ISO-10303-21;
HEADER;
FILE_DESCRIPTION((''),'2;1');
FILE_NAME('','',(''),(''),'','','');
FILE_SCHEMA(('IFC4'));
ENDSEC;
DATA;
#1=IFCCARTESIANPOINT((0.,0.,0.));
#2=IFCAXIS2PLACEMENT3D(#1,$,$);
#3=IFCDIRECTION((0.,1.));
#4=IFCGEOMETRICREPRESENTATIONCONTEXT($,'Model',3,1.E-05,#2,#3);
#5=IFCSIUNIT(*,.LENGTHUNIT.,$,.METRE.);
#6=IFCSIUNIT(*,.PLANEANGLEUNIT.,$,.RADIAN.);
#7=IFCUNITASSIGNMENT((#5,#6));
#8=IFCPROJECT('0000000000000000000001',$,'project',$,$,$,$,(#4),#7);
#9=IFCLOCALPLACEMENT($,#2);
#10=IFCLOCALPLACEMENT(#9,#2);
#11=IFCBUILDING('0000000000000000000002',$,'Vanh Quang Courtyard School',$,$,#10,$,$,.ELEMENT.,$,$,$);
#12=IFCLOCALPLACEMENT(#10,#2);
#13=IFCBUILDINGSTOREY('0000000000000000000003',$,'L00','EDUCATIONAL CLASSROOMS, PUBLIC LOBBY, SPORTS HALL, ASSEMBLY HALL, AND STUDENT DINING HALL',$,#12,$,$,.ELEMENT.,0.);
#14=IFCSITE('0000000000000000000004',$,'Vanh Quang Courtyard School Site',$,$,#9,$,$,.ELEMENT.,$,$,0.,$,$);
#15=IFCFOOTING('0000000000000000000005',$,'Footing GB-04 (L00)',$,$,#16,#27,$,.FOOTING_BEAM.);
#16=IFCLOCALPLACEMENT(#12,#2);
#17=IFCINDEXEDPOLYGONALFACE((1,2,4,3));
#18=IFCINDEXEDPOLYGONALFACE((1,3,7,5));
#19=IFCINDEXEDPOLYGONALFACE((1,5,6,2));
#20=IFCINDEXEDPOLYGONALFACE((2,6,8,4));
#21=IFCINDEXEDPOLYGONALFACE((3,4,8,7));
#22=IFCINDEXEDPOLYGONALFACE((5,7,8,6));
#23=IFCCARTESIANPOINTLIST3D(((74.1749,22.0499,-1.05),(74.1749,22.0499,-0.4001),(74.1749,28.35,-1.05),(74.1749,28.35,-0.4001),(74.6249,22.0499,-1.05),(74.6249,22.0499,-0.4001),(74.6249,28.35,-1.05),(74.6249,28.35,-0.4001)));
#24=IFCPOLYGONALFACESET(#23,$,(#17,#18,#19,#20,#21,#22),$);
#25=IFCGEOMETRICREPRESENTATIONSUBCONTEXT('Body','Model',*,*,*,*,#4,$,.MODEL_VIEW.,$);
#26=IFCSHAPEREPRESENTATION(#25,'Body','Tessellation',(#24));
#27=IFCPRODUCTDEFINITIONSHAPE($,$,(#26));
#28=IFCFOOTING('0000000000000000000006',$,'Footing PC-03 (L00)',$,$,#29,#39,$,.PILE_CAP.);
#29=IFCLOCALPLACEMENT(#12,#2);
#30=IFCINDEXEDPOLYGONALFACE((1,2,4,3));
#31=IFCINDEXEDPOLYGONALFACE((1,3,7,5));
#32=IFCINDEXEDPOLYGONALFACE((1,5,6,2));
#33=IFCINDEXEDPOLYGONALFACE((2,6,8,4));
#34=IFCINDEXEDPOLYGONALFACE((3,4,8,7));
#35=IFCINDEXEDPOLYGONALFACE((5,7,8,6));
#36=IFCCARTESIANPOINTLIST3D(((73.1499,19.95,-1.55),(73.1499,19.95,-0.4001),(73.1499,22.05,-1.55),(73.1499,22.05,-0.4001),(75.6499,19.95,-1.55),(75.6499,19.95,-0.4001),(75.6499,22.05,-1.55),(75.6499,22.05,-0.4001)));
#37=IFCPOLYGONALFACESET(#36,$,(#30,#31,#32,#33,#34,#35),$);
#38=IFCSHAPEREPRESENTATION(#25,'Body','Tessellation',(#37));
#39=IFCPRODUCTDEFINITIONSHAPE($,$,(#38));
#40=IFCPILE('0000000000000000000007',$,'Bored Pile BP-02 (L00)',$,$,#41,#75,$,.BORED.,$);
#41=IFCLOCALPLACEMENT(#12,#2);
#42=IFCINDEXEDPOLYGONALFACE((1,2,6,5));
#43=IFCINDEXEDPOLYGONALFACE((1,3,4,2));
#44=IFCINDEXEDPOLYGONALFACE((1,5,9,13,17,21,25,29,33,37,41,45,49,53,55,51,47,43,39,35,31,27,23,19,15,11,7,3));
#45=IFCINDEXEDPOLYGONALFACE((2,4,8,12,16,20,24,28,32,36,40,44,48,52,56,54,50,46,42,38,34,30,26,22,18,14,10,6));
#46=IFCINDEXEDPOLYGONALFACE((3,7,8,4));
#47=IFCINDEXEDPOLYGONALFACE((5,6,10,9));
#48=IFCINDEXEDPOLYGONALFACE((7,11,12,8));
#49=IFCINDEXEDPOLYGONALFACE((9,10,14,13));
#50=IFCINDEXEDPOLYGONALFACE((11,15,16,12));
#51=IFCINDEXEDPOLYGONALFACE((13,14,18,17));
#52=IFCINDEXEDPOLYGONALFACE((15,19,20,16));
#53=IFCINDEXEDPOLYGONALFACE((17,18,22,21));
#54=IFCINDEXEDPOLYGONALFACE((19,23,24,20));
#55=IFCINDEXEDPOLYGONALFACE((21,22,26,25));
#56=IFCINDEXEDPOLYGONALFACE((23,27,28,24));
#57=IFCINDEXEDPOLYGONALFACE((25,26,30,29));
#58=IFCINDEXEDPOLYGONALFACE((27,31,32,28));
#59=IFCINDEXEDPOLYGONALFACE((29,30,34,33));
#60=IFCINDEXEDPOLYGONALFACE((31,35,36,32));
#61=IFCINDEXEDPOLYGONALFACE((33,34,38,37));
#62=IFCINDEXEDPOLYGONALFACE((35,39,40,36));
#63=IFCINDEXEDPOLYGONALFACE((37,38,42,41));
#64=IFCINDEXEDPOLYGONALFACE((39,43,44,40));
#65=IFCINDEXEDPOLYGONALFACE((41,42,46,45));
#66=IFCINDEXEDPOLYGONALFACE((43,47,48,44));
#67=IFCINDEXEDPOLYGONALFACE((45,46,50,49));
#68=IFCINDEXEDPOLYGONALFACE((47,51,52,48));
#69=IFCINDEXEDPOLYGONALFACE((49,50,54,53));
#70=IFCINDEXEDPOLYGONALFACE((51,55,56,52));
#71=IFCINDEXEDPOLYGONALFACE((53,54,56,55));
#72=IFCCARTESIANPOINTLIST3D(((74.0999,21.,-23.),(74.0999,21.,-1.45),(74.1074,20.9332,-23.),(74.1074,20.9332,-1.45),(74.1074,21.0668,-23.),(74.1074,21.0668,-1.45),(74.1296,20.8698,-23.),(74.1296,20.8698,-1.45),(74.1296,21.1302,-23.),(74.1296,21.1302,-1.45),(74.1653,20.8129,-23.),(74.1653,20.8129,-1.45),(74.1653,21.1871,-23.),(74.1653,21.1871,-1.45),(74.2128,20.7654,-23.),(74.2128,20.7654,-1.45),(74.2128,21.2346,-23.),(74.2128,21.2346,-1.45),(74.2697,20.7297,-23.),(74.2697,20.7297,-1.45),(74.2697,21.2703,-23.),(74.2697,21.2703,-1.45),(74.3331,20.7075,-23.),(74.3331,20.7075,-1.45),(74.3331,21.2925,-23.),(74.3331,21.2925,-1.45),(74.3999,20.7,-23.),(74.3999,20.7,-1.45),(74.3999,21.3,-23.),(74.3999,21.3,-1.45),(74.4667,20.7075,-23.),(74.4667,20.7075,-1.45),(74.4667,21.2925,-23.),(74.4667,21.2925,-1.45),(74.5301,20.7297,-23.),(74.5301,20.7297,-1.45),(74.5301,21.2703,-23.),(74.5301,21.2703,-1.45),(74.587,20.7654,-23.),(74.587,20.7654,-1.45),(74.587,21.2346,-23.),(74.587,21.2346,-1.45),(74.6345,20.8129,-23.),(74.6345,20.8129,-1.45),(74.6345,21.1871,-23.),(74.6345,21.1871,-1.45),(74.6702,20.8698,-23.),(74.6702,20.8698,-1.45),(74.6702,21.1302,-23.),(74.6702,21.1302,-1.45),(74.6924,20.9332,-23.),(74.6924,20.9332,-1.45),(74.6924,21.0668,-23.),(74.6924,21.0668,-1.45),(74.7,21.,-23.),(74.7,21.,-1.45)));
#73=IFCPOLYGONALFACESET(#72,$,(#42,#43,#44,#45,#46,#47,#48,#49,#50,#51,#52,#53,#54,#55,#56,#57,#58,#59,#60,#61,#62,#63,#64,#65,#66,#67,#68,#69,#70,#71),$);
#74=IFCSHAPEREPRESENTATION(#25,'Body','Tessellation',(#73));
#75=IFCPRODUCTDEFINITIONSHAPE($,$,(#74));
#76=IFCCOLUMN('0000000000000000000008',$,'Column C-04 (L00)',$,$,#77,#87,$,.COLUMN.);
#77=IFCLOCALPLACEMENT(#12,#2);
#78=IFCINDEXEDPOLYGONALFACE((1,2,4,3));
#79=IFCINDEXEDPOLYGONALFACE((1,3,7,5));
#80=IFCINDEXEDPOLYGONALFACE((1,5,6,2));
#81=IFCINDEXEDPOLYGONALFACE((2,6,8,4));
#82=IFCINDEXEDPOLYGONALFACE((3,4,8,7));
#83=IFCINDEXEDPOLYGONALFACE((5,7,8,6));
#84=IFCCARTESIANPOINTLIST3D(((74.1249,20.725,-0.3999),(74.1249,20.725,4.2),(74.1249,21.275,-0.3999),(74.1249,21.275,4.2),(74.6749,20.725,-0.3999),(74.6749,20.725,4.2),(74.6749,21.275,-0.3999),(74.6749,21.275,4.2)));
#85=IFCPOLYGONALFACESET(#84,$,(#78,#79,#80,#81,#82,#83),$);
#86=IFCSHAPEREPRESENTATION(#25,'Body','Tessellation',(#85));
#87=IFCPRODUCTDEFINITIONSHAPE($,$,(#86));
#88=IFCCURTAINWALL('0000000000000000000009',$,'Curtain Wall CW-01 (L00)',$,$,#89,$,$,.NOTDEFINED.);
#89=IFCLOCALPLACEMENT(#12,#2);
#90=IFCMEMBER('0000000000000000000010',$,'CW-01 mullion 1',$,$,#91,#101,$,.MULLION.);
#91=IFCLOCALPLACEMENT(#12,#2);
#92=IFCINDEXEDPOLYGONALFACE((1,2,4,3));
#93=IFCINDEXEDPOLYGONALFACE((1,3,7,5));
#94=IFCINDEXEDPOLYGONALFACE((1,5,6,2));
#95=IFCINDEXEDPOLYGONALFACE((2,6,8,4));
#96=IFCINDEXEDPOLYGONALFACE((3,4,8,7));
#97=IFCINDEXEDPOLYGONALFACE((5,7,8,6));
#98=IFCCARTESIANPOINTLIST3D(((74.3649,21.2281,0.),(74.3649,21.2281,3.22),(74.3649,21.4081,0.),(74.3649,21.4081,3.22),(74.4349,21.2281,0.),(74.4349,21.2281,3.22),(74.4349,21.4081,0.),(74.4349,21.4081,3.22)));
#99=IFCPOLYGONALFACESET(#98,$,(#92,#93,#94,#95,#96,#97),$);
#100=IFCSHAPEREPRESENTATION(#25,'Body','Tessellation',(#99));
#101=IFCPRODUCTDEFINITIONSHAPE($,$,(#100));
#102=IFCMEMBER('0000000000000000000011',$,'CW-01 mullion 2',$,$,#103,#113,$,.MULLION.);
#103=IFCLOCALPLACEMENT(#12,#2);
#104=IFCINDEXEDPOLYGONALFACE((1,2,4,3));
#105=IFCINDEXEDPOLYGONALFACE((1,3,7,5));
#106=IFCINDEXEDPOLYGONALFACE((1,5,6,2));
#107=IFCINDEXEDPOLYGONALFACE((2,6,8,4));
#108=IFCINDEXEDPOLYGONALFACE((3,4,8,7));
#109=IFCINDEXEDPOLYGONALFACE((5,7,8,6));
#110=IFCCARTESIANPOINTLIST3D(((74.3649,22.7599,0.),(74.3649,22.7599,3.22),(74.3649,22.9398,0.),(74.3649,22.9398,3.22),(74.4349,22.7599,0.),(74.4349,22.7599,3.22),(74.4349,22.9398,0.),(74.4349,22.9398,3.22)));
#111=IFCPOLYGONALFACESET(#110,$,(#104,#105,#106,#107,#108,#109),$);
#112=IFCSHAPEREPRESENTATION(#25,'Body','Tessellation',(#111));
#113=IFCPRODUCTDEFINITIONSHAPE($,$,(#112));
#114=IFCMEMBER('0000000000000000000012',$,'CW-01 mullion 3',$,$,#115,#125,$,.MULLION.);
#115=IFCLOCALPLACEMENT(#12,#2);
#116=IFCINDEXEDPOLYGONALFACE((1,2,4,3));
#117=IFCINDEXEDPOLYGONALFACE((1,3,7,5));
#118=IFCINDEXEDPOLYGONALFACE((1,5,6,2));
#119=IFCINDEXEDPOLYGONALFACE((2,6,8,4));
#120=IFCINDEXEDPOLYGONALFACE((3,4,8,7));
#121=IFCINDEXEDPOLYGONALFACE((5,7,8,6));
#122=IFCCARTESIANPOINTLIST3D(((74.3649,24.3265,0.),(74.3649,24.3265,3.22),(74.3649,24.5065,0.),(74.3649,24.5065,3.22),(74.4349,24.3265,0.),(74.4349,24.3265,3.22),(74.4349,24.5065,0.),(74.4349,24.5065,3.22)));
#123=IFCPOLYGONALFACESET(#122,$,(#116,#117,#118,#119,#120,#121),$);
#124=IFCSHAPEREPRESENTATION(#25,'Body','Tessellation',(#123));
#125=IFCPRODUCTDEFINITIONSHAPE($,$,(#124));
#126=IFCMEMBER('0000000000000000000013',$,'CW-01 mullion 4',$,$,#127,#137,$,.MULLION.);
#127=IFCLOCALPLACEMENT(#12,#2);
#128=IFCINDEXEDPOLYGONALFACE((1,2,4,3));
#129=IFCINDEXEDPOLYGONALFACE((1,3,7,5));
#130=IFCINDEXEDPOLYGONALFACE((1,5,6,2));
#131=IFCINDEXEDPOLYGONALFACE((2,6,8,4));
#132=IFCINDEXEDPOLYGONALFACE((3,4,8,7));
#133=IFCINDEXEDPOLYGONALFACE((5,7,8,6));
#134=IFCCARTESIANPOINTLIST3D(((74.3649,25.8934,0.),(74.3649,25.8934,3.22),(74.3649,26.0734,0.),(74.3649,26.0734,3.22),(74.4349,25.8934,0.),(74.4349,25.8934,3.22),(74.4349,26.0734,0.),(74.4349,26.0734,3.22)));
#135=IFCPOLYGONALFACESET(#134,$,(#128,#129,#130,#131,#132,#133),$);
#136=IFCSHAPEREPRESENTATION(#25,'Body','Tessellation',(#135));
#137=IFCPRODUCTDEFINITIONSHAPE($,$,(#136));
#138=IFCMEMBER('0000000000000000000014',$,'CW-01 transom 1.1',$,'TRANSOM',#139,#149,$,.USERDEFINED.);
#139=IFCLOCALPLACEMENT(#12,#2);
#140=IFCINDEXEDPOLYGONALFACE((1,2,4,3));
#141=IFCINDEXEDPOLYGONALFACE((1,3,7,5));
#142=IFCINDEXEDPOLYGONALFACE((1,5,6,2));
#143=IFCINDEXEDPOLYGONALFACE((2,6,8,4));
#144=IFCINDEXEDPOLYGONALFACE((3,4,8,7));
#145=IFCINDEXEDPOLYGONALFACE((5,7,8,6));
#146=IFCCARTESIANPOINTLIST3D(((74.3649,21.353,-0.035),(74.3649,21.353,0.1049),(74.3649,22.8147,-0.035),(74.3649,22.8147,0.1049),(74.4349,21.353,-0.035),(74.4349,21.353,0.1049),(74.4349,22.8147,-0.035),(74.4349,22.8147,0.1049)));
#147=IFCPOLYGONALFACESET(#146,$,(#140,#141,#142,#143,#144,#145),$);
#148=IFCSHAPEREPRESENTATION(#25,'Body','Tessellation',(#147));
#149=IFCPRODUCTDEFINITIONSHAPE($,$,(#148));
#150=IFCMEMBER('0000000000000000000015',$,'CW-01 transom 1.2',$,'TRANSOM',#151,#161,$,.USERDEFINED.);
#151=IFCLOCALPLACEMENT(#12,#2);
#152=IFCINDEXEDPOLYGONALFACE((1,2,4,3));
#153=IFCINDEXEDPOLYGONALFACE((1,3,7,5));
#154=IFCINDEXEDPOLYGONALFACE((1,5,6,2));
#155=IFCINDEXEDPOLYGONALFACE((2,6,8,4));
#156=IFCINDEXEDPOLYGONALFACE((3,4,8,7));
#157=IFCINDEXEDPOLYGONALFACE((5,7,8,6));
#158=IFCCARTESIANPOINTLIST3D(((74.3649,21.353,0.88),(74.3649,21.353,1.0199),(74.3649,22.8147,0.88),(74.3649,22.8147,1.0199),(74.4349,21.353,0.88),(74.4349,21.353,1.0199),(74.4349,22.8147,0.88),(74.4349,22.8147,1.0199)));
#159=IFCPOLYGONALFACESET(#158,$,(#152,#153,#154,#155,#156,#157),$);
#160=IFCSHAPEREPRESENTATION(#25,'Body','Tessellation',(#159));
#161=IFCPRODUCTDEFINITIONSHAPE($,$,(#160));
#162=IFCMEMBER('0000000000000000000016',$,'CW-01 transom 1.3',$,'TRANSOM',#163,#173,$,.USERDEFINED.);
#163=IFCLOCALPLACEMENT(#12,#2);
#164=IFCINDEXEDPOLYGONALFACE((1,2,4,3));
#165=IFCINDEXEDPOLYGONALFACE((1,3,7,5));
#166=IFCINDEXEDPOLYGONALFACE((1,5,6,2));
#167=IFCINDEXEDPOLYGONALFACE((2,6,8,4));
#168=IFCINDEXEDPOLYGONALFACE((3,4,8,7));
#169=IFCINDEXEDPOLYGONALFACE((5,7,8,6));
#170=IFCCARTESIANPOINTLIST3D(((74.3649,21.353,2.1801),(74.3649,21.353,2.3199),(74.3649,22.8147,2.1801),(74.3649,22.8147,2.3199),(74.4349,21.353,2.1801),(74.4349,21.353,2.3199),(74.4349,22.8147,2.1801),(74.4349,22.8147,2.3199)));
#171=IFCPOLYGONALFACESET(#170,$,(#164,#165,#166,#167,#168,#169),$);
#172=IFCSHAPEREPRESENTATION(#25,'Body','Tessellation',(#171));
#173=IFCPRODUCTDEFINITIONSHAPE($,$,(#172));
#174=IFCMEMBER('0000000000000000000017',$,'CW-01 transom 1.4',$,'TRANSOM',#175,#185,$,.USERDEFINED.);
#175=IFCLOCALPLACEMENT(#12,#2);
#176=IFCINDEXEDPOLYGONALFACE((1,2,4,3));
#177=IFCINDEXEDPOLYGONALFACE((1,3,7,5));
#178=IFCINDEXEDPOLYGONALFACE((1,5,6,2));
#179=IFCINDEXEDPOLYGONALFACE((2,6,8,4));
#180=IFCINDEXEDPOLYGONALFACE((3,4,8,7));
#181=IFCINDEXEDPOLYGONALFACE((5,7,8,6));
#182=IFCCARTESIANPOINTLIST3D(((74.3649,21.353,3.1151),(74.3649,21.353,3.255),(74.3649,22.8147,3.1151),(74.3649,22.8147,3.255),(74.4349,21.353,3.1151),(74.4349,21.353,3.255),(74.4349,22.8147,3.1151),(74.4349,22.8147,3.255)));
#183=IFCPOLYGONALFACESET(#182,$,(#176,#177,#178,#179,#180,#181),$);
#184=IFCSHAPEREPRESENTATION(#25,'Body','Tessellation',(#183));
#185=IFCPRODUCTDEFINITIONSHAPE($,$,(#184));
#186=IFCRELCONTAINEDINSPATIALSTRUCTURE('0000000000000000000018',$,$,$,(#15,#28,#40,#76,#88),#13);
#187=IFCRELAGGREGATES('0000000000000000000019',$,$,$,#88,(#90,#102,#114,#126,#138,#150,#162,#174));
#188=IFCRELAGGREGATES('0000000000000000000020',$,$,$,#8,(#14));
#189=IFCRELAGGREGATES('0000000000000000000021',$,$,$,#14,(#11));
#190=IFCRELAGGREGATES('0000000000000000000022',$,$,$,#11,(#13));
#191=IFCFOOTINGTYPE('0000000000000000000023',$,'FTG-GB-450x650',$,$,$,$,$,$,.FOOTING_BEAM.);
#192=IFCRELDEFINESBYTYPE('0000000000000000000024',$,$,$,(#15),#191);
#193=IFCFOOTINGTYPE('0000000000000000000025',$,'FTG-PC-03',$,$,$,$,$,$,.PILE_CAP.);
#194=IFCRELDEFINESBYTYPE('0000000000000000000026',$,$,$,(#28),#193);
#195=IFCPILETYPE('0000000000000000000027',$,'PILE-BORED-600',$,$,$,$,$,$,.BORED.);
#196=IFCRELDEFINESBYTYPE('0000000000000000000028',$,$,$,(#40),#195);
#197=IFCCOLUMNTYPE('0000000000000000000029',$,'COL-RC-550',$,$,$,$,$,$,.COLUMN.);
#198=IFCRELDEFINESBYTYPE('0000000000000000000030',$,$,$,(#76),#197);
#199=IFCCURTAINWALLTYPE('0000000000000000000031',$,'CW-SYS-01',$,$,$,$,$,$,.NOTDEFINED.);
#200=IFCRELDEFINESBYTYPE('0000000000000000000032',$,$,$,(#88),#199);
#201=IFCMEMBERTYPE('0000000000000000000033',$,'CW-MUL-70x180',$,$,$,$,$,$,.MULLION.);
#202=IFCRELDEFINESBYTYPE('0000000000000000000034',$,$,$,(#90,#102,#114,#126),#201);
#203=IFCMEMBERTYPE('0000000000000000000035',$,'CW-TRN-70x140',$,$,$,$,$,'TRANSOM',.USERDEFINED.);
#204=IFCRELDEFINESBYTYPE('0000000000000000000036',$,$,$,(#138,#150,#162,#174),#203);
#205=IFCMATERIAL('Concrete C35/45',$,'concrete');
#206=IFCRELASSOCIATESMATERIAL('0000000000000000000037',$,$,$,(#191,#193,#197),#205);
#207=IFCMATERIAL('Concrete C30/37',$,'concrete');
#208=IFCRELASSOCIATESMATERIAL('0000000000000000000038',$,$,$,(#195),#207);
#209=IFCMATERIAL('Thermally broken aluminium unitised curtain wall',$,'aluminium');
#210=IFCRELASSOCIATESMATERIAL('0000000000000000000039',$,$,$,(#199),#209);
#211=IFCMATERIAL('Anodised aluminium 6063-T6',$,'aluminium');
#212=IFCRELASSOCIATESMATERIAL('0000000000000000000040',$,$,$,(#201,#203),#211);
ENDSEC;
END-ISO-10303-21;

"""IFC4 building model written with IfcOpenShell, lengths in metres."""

from ifc_helpers import new_model, si_unit, direction, frame, origin, origin_2d, place, context, subcontext, project, spatial, rectangle, circle, extrude, material, material_profile, profile_set, type_object, element, aggregate, save


model = new_model("IFC4")

# Units and contexts
model_context = context("Model", 3, precision=1e-05, world=origin(), true_north=direction((0.0, 1.0)))
body_context = subcontext(model_context, "Body", "Model", "MODEL_VIEW")
ifc_project = project(units=[si_unit("LENGTHUNIT", "METRE"), si_unit("PLANEANGLEUNIT", "RADIAN")], contexts=[model_context])

# Site, building, storey
site_placement = place(None, origin())
site = spatial("IfcSite", under=ifc_project, at=site_placement, Name="Vanh Quang Courtyard School Site", CompositionType="ELEMENT", RefElevation=0.0)
building_placement = place(site_placement, origin())
building = spatial("IfcBuilding", under=site, at=building_placement, Name="Vanh Quang Courtyard School", CompositionType="ELEMENT")
storey_placement = place(building_placement, origin())
storey = spatial("IfcBuildingStorey", under=building, at=storey_placement, Name="L00", Description="EDUCATIONAL CLASSROOMS, PUBLIC LOBBY, SPORTS HALL, ASSEMBLY HALL, AND STUDENT DINING HALL", CompositionType="ELEMENT", Elevation=0.0)

# Footings
ifc_material_1 = material(Name="Concrete C35/45", Category="concrete")
footing_type_1 = type_object("IfcFootingType", Name="FTG-GB-450x650", PredefinedType="FOOTING_BEAM", material=ifc_material_1)
footing_1_placement = place(storey_placement, frame((74.3999, 25.2, -1.05), z_axis=(0.0, 0.0, 1.0), x_axis=(0.0, 1.0, 0.0)))
element("IfcFooting", 1, at=footing_1_placement, inside=storey, type_object=footing_type_1, Name="Footing GB-04 (L00)", PredefinedType="FOOTING_BEAM", context=body_context, shape_type="SweptSolid", body=[
    extrude(rectangle(XDim=6.3, YDim=0.45, at=origin_2d()), origin(), (0.0, 0.0, 1.0), 0.6499),
])
footing_type_2 = type_object("IfcFootingType", Name="FTG-PC-03", PredefinedType="PILE_CAP", material=ifc_material_1)
footing_2_placement = place(storey_placement, frame((74.3999, 21.0, -1.55), z_axis=(0.0, 0.0, 1.0), x_axis=(1.0, 0.0, 0.0)))
element("IfcFooting", 2, at=footing_2_placement, inside=storey, type_object=footing_type_2, Name="Footing PC-03 (L00)", PredefinedType="PILE_CAP", context=body_context, shape_type="SweptSolid", body=[
    extrude(rectangle(XDim=2.5, YDim=2.1001, at=origin_2d()), origin(), (0.0, 0.0, 1.0), 1.1499),
])

# Pile
ifc_material_2 = material(Name="Concrete C30/37", Category="concrete")
ifc_material_profile_1 = material_profile(ifc_material_2, circle(Radius=0.3, at=origin_2d()), Name="PILE D600")
ifc_profile_set_1 = profile_set([ifc_material_profile_1], Name="Concrete C30/37")
pile_type = type_object("IfcPileType", Name="PILE-BORED-600", PredefinedType="BORED", material=ifc_profile_set_1)
pile_placement = place(storey_placement, frame((74.3999, 21.0, -1.45), z_axis=(0.0, 0.0, -1.0), x_axis=(1.0, 0.0, 0.0)))
element("IfcPile", 3, at=pile_placement, inside=storey, type_object=pile_type, Name="Bored Pile BP-02 (L00)", PredefinedType="BORED", context=body_context, shape_type="SweptSolid", body=[
    extrude(circle(Radius=0.3, at=origin_2d()), origin(), (0.0, 0.0, 1.0), 21.55),
])

# Column
ifc_material_profile_2 = material_profile(ifc_material_1, rectangle(XDim=0.55, YDim=0.55, at=origin_2d()), Name="RC-COL 550x550")
ifc_profile_set_2 = profile_set([ifc_material_profile_2], Name="Concrete C35/45")
column_type = type_object("IfcColumnType", Name="COL-RC-550", PredefinedType="COLUMN", material=ifc_profile_set_2)
column_placement = place(storey_placement, frame((74.3999, 21.0, -0.3999), z_axis=(0.0, 0.0, 1.0), x_axis=(1.0, 0.0, 0.0)))
element("IfcColumn", 4, at=column_placement, inside=storey, type_object=column_type, Name="Column C-04 (L00)", PredefinedType="COLUMN", context=body_context, shape_type="SweptSolid", body=[
    extrude(rectangle(XDim=0.55, YDim=0.55, at=origin_2d()), origin(), (0.0, 0.0, 1.0), 4.5999),
])

# Curtain wall, members
ifc_material_3 = material(Name="Thermally broken aluminium unitised curtain wall", Category="aluminium")
curtain_wall_type = type_object("IfcCurtainWallType", Name="CW-SYS-01", PredefinedType="NOTDEFINED", material=ifc_material_3)
curtain_wall_placement = place(storey_placement, origin())
curtain_wall = element("IfcCurtainWall", 5, at=curtain_wall_placement, inside=storey, type_object=curtain_wall_type, Name="Curtain Wall CW-01 (L00)", PredefinedType="NOTDEFINED")
ifc_material_4 = material(Name="Anodised aluminium 6063-T6", Category="aluminium")
ifc_material_profile_3 = material_profile(ifc_material_4, rectangle(XDim=0.0701, YDim=0.1799, at=origin_2d()), Name="ALU-MUL 70x180")
ifc_profile_set_3 = profile_set([ifc_material_profile_3], Name="Anodised aluminium 6063-T6")
member_type_1 = type_object("IfcMemberType", Name="CW-MUL-70x180", PredefinedType="MULLION", material=ifc_profile_set_3)
member_1_placement = place(storey_placement, frame((74.3999, 21.3181, 0.0), z_axis=(0.0, 0.0, 1.0), x_axis=(-1.0, 0.0, 0.0)))
member_1 = element("IfcMember", 6, at=member_1_placement, type_object=member_type_1, Name="CW-01 mullion 1", PredefinedType="MULLION", context=body_context, shape_type="SweptSolid", body=[
    extrude(rectangle(XDim=0.0701, YDim=0.1799, at=origin_2d()), origin(), (0.0, 0.0, 1.0), 3.22),
])
member_2_placement = place(storey_placement, frame((74.3999, 22.8499, 0.0), z_axis=(0.0, 0.0, 1.0), x_axis=(-1.0, 0.0, 0.0)))
member_2 = element("IfcMember", 7, at=member_2_placement, type_object=member_type_1, Name="CW-01 mullion 2", PredefinedType="MULLION", context=body_context, shape_type="SweptSolid", body=[
    extrude(rectangle(XDim=0.0701, YDim=0.1799, at=origin_2d()), origin(), (0.0, 0.0, 1.0), 3.22),
])
member_3_placement = place(storey_placement, frame((74.3999, 24.4165, 0.0), z_axis=(0.0, 0.0, 1.0), x_axis=(-1.0, 0.0, 0.0)))
member_3 = element("IfcMember", 8, at=member_3_placement, type_object=member_type_1, Name="CW-01 mullion 3", PredefinedType="MULLION", context=body_context, shape_type="SweptSolid", body=[
    extrude(rectangle(XDim=0.0701, YDim=0.1799, at=origin_2d()), origin(), (0.0, 0.0, 1.0), 3.22),
])
member_4_placement = place(storey_placement, frame((74.3999, 25.9834, 0.0), z_axis=(0.0, 0.0, 1.0), x_axis=(-1.0, 0.0, 0.0)))
member_4 = element("IfcMember", 9, at=member_4_placement, type_object=member_type_1, Name="CW-01 mullion 4", PredefinedType="MULLION", context=body_context, shape_type="SweptSolid", body=[
    extrude(rectangle(XDim=0.0701, YDim=0.1799, at=origin_2d()), origin(), (0.0, 0.0, 1.0), 3.22),
])
ifc_material_profile_4 = material_profile(ifc_material_4, rectangle(XDim=0.0701, YDim=0.1399, at=origin_2d()), Name="ALU-TRN 70x140")
ifc_profile_set_4 = profile_set([ifc_material_profile_4], Name="Anodised aluminium 6063-T6")
member_type_2 = type_object("IfcMemberType", Name="CW-TRN-70x140", ElementType="TRANSOM", PredefinedType="USERDEFINED", material=ifc_profile_set_4)
member_5_placement = place(storey_placement, frame((74.3999, 21.353, 0.0349), z_axis=(0.0, 1.0, 0.0), x_axis=(-1.0, 0.0, 0.0)))
member_5 = element("IfcMember", 10, at=member_5_placement, type_object=member_type_2, Name="CW-01 transom 1.1", ObjectType="TRANSOM", PredefinedType="USERDEFINED", context=body_context, shape_type="SweptSolid", body=[
    extrude(rectangle(XDim=0.0701, YDim=0.1399, at=origin_2d()), origin(), (0.0, 0.0, 1.0), 1.4617),
])
member_6_placement = place(storey_placement, frame((74.3999, 21.353, 0.95), z_axis=(0.0, 1.0, 0.0), x_axis=(-1.0, 0.0, 0.0)))
member_6 = element("IfcMember", 11, at=member_6_placement, type_object=member_type_2, Name="CW-01 transom 1.2", ObjectType="TRANSOM", PredefinedType="USERDEFINED", context=body_context, shape_type="SweptSolid", body=[
    extrude(rectangle(XDim=0.0701, YDim=0.1399, at=origin_2d()), origin(), (0.0, 0.0, 1.0), 1.4617),
])
member_7_placement = place(storey_placement, frame((74.3999, 21.353, 2.25), z_axis=(0.0, 1.0, 0.0), x_axis=(-1.0, 0.0, 0.0)))
member_7 = element("IfcMember", 12, at=member_7_placement, type_object=member_type_2, Name="CW-01 transom 1.3", ObjectType="TRANSOM", PredefinedType="USERDEFINED", context=body_context, shape_type="SweptSolid", body=[
    extrude(rectangle(XDim=0.0701, YDim=0.1399, at=origin_2d()), origin(), (0.0, 0.0, 1.0), 1.4617),
])
member_8_placement = place(storey_placement, frame((74.3999, 21.353, 3.1851), z_axis=(0.0, 1.0, 0.0), x_axis=(-1.0, 0.0, 0.0)))
member_8 = element("IfcMember", 13, at=member_8_placement, type_object=member_type_2, Name="CW-01 transom 1.4", ObjectType="TRANSOM", PredefinedType="USERDEFINED", context=body_context, shape_type="SweptSolid", body=[
    extrude(rectangle(XDim=0.0701, YDim=0.1399, at=origin_2d()), origin(), (0.0, 0.0, 1.0), 1.4617),
])
aggregate(curtain_wall, [member_1, member_2, member_3, member_4, member_5, member_6, member_7, member_8])

save(model, "model.ifc")
